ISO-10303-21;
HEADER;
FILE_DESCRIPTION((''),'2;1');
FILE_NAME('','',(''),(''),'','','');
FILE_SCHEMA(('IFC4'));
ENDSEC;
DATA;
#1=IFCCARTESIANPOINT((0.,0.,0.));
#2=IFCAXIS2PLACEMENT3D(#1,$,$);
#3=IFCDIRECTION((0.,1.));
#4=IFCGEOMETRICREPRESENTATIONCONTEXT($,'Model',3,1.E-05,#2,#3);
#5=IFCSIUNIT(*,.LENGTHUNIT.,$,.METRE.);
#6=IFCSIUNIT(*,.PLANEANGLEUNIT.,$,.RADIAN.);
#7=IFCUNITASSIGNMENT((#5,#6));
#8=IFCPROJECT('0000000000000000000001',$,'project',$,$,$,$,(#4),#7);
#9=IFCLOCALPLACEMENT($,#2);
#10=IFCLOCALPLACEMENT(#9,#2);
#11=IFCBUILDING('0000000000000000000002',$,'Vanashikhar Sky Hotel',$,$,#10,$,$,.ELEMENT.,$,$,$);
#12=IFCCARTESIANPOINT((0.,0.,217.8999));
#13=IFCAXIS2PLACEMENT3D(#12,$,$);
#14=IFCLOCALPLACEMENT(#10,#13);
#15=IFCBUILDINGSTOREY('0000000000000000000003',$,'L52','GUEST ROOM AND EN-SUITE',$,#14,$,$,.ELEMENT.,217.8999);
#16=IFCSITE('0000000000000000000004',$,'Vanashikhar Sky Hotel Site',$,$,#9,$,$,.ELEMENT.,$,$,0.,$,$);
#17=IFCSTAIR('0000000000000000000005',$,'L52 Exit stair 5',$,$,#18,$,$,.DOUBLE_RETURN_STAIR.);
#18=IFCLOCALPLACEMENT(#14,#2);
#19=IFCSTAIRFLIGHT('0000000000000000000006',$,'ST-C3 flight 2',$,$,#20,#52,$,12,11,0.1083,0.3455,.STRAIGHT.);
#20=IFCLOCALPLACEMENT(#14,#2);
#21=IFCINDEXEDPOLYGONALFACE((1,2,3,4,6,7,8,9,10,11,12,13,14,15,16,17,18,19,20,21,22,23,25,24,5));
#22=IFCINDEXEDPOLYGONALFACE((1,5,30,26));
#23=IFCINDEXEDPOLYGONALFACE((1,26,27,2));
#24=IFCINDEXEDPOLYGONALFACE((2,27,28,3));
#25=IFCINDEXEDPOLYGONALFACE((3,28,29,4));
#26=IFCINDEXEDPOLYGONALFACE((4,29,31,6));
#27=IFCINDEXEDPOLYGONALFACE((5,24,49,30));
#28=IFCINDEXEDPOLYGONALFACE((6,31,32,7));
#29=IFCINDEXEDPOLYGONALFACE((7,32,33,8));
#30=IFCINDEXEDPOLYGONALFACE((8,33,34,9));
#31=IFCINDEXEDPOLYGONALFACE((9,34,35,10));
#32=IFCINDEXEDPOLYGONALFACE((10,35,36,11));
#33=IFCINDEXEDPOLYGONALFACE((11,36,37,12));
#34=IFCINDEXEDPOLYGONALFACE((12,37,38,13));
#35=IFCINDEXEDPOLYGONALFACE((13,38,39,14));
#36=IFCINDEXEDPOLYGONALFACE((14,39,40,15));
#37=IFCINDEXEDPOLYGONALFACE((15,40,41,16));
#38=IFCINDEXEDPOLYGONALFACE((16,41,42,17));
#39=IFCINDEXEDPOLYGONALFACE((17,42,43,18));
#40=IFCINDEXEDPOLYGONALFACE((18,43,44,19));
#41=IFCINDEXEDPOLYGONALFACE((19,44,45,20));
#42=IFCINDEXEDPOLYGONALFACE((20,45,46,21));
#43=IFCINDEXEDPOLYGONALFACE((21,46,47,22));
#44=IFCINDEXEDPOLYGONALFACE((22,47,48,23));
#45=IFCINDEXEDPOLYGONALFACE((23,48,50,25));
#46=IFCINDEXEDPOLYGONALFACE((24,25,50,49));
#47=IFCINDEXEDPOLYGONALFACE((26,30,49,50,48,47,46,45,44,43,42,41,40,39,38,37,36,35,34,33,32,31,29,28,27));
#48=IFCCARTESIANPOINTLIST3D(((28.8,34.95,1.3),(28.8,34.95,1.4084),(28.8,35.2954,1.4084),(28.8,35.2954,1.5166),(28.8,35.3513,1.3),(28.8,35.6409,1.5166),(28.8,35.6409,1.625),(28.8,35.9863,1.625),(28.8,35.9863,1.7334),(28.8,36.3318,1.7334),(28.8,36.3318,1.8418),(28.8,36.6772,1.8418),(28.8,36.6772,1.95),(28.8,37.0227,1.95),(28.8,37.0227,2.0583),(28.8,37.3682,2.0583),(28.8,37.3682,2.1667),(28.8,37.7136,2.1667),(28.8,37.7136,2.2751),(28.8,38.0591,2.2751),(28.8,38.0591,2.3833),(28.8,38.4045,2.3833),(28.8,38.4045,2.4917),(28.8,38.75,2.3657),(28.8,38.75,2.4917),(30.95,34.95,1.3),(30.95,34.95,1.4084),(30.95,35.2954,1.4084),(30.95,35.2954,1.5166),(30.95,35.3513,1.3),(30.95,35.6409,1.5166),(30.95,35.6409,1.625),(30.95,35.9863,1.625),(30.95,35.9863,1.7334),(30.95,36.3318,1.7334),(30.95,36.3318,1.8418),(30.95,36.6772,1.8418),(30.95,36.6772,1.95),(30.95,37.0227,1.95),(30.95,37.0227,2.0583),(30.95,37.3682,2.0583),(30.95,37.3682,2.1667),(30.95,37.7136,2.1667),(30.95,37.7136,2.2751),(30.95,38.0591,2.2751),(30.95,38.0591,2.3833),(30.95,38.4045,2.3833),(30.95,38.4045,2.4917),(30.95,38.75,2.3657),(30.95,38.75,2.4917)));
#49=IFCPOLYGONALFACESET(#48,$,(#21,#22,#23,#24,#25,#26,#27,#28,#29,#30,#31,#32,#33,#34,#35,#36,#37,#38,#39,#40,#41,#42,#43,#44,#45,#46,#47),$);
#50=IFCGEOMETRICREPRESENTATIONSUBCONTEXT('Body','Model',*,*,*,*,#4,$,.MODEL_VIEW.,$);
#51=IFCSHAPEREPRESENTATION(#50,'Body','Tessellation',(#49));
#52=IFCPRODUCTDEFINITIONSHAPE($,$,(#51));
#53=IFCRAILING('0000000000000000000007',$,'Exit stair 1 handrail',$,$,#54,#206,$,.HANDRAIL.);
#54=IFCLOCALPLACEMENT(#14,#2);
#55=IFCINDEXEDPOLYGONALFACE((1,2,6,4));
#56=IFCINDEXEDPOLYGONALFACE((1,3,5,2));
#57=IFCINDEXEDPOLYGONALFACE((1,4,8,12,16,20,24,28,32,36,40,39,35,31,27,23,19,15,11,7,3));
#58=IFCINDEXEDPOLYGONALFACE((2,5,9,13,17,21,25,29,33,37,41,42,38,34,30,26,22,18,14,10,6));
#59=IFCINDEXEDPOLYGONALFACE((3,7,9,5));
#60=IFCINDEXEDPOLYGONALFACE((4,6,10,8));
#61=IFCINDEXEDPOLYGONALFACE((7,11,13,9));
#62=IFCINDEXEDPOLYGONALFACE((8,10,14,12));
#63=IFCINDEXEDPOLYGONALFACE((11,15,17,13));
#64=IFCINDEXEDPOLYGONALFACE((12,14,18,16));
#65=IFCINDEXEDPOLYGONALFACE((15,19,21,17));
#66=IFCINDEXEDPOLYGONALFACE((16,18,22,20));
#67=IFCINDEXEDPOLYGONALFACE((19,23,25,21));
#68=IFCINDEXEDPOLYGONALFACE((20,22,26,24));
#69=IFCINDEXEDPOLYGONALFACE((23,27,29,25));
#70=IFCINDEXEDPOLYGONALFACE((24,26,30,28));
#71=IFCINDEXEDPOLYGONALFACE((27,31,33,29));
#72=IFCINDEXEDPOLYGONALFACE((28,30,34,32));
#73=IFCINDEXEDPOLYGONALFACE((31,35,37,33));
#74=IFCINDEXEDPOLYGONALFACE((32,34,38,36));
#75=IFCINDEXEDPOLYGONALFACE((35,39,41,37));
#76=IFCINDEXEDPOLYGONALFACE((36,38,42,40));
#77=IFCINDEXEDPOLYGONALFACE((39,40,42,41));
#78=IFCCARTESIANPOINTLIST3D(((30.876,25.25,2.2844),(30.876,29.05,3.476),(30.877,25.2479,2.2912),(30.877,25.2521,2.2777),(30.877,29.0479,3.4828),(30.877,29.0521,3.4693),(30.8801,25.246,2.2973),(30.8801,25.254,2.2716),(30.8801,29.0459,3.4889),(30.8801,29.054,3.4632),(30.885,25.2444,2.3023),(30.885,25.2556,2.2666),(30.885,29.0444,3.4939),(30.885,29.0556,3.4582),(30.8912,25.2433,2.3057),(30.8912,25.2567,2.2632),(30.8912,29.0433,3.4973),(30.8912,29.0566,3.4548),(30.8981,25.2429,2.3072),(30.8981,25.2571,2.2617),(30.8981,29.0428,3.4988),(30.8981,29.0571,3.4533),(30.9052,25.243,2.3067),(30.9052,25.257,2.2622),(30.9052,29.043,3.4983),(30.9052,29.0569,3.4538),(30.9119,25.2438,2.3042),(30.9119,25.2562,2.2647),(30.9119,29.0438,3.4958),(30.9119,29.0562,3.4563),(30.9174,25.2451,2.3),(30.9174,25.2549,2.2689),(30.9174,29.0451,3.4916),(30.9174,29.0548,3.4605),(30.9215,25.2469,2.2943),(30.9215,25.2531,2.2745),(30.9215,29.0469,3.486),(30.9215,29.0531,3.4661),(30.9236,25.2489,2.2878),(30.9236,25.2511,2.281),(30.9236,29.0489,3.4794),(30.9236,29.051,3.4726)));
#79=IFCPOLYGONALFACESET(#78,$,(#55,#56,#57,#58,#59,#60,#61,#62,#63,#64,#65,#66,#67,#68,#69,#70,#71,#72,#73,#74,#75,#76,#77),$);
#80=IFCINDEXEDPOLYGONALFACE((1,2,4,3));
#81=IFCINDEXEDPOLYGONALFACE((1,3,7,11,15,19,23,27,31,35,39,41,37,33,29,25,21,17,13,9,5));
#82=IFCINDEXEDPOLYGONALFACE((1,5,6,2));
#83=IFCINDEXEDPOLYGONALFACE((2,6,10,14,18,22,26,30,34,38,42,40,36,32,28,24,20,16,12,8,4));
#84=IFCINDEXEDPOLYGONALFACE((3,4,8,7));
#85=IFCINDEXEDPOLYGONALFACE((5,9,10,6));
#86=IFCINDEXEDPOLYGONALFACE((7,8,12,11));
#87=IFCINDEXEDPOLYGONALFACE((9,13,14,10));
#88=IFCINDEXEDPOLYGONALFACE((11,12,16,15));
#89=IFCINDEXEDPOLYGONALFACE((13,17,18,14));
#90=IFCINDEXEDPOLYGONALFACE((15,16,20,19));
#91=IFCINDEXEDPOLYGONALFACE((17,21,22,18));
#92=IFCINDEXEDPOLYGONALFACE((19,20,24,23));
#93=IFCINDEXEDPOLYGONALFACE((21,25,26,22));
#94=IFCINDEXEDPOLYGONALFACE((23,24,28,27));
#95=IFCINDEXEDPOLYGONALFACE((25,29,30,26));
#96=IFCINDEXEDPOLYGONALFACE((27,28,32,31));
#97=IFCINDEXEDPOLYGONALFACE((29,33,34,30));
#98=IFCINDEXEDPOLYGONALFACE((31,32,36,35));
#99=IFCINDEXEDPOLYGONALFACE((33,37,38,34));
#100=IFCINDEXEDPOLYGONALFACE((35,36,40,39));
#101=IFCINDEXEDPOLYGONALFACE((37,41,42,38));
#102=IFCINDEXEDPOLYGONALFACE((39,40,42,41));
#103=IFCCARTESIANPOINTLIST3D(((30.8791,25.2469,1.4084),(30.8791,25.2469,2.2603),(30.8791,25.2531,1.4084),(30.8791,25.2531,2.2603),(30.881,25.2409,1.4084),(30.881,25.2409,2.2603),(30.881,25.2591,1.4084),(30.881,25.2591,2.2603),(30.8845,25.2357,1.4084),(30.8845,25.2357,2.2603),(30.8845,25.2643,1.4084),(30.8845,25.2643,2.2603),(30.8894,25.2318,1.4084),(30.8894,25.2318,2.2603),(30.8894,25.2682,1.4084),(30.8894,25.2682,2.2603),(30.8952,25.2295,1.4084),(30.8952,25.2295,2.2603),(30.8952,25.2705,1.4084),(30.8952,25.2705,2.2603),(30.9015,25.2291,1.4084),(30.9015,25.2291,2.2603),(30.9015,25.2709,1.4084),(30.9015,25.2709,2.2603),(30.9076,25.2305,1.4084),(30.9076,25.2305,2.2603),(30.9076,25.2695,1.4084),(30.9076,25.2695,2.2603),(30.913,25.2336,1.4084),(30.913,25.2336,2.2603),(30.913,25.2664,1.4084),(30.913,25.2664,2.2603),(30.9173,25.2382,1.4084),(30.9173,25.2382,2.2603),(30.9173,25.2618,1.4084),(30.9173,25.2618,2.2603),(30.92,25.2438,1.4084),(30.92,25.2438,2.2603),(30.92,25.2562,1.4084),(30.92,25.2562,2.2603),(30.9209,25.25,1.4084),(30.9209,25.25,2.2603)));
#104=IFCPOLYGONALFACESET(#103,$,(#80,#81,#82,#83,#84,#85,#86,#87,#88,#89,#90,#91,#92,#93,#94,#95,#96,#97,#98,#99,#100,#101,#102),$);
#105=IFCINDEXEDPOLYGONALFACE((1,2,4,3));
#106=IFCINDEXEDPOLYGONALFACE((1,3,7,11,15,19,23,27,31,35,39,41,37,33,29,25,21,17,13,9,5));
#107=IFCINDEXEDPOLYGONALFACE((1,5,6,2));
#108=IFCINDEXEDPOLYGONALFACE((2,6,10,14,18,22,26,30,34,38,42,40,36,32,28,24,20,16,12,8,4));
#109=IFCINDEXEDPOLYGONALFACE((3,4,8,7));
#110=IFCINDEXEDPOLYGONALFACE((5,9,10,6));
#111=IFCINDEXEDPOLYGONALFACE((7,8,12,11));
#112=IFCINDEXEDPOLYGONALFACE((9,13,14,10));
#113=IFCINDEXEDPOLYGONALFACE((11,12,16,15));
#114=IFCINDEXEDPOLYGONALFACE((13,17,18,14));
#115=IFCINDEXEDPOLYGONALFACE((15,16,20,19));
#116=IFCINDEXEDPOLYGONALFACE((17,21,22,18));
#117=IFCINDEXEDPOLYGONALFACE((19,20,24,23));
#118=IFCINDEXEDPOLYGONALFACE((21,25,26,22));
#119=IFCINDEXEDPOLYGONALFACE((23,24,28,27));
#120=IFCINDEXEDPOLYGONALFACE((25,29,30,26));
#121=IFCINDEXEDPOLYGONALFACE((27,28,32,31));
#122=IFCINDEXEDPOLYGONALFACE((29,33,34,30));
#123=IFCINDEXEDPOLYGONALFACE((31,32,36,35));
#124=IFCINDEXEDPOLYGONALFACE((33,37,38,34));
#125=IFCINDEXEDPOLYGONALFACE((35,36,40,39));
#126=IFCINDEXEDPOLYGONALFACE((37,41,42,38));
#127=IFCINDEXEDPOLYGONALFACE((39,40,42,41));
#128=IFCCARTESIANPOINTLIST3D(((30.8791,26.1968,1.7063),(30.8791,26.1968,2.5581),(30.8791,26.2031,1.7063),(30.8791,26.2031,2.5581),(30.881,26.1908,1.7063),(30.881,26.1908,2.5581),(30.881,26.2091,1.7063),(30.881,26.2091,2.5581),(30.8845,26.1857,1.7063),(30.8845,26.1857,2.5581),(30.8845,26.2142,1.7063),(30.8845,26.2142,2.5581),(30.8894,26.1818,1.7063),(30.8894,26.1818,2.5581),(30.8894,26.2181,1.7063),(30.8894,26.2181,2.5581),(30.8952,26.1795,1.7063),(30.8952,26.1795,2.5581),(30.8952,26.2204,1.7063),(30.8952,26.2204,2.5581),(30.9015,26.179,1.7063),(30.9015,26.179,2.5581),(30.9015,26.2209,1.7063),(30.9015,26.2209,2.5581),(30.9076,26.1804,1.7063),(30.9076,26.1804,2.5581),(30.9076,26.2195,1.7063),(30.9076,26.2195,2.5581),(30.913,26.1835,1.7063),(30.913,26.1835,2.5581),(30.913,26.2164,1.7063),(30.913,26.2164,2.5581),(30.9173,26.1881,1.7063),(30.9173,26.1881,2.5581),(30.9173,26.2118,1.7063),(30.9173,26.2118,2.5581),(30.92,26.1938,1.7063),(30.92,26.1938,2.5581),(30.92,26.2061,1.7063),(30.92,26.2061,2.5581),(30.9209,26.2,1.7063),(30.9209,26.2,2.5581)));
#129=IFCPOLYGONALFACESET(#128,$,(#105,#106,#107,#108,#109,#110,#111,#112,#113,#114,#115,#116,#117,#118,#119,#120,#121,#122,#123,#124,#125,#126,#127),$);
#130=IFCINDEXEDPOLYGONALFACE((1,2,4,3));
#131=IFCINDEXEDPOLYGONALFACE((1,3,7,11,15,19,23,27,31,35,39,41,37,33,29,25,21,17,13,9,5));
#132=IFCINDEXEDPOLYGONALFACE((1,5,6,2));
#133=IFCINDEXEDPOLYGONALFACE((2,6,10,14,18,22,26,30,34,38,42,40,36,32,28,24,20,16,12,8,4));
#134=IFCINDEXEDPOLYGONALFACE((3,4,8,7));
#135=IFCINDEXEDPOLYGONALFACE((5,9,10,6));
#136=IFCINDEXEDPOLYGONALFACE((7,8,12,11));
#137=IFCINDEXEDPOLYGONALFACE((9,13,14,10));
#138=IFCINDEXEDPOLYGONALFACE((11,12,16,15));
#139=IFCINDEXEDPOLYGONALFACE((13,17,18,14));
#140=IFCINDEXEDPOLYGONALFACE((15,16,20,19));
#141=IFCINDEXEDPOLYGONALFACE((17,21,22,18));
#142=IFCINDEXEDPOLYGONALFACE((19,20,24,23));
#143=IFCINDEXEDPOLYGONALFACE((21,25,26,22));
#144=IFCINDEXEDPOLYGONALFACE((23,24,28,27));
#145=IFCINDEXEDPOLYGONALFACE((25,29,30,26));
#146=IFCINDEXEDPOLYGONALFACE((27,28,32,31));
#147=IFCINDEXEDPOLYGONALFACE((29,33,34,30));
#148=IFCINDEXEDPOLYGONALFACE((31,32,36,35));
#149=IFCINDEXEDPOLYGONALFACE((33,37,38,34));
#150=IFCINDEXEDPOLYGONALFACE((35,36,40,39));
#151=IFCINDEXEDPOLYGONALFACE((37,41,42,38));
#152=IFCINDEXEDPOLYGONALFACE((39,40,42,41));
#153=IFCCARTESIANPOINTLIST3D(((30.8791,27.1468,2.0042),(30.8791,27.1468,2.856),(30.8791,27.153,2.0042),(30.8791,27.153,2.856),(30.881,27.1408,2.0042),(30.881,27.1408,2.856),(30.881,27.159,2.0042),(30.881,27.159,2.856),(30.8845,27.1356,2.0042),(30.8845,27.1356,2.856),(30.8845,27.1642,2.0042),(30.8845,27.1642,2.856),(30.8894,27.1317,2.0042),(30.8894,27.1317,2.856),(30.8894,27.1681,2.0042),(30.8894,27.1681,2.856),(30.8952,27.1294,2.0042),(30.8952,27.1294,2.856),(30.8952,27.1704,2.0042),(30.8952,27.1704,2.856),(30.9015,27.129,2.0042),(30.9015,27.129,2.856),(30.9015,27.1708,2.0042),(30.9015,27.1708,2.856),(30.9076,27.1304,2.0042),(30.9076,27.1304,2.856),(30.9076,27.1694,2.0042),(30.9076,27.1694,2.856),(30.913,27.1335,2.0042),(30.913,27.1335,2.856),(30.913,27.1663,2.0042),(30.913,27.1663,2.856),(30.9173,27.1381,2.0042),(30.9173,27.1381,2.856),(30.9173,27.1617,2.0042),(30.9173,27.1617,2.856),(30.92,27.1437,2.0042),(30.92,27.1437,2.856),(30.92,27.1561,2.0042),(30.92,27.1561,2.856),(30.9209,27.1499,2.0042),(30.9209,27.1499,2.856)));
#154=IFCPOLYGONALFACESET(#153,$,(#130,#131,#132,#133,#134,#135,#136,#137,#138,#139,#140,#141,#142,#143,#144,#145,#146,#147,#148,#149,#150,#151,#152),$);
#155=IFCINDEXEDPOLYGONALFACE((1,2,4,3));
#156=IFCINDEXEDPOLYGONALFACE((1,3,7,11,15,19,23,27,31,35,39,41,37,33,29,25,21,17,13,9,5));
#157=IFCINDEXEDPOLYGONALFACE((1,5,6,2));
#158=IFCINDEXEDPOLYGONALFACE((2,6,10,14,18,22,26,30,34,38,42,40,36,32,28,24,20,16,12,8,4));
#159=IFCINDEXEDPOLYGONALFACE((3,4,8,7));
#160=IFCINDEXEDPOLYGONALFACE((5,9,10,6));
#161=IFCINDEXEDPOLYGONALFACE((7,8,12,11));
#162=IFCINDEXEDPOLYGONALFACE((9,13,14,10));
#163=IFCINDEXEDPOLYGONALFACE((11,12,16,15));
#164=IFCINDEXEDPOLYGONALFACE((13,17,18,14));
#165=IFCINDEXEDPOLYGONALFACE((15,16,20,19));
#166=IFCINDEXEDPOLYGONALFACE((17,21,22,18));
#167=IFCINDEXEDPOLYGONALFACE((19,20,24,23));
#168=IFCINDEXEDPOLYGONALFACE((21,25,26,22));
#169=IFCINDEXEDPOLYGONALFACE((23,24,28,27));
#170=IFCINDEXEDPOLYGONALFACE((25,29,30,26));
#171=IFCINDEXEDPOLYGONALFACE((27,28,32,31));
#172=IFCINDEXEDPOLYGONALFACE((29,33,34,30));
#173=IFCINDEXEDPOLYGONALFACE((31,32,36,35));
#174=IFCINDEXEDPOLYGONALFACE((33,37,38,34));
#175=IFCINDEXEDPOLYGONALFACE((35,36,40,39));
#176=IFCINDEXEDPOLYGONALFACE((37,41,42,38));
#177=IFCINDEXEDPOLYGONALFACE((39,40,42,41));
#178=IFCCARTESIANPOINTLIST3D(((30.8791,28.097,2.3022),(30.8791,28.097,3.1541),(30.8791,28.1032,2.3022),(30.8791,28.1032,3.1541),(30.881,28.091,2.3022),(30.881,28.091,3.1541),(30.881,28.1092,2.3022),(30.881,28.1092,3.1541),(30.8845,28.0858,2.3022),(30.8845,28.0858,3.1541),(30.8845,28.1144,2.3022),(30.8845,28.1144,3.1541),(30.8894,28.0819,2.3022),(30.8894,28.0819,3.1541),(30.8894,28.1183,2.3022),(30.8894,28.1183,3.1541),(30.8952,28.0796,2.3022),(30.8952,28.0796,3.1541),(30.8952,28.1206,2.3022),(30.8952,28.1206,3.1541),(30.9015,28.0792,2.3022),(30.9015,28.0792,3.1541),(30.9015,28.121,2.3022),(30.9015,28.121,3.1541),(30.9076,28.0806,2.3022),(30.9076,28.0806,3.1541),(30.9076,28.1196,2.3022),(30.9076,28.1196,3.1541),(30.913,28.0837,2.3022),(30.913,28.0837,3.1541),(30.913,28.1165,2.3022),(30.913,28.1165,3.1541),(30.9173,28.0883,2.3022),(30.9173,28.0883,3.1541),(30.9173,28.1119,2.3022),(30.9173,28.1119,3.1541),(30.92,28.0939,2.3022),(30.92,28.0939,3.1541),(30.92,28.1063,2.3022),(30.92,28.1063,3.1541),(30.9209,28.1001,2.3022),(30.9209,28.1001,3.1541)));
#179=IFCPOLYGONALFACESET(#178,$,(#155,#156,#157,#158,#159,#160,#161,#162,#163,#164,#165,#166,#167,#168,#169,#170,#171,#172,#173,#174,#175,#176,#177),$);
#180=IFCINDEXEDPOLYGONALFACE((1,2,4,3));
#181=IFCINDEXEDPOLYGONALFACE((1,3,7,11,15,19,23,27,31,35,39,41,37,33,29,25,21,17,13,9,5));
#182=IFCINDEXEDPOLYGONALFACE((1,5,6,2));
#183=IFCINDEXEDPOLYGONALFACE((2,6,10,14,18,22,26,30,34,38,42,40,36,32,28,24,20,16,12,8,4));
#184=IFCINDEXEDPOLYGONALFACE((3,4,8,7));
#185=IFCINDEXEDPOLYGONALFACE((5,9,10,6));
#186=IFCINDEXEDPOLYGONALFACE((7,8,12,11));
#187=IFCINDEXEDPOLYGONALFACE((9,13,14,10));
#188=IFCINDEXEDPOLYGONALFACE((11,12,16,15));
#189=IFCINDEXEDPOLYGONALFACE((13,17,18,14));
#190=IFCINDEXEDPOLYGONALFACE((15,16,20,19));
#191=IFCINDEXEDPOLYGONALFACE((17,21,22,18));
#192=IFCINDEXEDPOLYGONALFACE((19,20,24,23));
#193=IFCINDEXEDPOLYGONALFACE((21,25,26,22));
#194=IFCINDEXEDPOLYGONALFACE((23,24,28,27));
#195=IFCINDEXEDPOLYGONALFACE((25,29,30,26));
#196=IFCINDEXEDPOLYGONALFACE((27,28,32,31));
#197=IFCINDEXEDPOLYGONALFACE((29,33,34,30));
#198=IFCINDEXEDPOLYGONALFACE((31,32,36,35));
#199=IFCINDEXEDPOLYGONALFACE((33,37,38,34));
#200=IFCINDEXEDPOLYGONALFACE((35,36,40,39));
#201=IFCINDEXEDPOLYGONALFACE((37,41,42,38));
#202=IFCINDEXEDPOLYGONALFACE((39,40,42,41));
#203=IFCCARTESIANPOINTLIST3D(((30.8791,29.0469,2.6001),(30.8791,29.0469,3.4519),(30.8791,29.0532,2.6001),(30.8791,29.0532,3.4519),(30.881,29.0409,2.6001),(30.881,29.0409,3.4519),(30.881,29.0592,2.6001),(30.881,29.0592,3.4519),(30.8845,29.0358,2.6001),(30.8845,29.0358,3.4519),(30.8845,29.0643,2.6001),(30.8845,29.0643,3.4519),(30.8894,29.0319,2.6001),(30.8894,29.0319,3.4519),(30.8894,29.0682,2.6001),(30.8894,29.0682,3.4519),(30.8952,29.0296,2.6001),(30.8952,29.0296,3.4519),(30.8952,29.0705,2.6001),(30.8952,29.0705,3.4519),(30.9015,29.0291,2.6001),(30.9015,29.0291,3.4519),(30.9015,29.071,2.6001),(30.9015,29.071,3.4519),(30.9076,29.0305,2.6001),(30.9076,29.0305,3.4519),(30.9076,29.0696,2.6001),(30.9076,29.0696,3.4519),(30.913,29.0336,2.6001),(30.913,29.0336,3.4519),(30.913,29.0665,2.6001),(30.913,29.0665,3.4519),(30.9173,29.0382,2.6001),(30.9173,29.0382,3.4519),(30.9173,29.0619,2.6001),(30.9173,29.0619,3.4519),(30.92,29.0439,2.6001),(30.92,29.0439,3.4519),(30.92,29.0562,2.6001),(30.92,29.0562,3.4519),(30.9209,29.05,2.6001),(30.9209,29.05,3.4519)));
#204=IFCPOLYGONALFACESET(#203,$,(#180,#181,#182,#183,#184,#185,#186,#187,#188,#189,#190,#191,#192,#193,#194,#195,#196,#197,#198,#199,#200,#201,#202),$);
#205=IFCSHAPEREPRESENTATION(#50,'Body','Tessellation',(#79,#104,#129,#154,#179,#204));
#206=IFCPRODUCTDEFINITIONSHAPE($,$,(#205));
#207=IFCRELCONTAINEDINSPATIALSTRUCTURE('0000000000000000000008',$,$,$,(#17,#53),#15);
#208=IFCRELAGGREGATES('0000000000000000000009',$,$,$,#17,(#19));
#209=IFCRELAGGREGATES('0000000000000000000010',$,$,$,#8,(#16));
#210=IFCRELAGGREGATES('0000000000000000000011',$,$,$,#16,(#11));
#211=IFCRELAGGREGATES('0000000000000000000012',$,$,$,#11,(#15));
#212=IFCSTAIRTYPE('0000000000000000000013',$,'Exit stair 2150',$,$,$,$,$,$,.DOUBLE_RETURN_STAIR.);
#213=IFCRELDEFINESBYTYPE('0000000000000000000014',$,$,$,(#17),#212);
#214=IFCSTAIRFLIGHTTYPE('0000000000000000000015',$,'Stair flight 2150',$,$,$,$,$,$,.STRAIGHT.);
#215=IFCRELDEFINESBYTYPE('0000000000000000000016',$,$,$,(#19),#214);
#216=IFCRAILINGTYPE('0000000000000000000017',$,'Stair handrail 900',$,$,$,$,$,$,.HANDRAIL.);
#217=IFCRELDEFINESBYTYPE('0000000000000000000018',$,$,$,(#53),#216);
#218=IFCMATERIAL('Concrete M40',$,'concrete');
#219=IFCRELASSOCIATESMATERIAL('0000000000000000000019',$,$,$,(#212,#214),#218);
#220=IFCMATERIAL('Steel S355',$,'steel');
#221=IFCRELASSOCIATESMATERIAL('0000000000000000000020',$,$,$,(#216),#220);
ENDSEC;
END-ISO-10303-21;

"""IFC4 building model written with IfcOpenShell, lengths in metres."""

from ifc_helpers import new_model, si_unit, direction, frame, origin, origin_2d, place, context, subcontext, project, spatial, polyline, circle, outline, extrude, source, transform, mapped, material, type_object, element, aggregate, save


model = new_model("IFC4")

# Units and contexts
model_context = context("Model", 3, precision=1e-05, world=origin(), true_north=direction((0.0, 1.0)))
body_context = subcontext(model_context, "Body", "Model", "MODEL_VIEW")
ifc_project = project(units=[si_unit("LENGTHUNIT", "METRE"), si_unit("PLANEANGLEUNIT", "RADIAN")], contexts=[model_context])

# Site, building, storey
site_placement = place(None, origin())
site = spatial("IfcSite", under=ifc_project, at=site_placement, Name="Vanashikhar Sky Hotel Site", CompositionType="ELEMENT", RefElevation=0.0)
building_placement = place(site_placement, origin())
building = spatial("IfcBuilding", under=site, at=building_placement, Name="Vanashikhar Sky Hotel", CompositionType="ELEMENT")
storey_placement = place(building_placement, frame((0.0, 0.0, 217.8999)))
storey = spatial("IfcBuildingStorey", under=building, at=storey_placement, Name="L52", Description="GUEST ROOM AND EN-SUITE", CompositionType="ELEMENT", Elevation=217.8999)

# Shared definitions
ifc_material_1 = material(Name="Concrete M40", Category="concrete")

# Stair, stair flight
stair_type = type_object("IfcStairType", Name="Exit stair 2150", PredefinedType="DOUBLE_RETURN_STAIR", material=ifc_material_1)
stair_placement = place(storey_placement, origin())
stair = element("IfcStair", 1, at=stair_placement, inside=storey, type_object=stair_type, Name="L52 Exit stair 5", PredefinedType="DOUBLE_RETURN_STAIR")
stair_flight_type = type_object("IfcStairFlightType", Name="Stair flight 2150", PredefinedType="STRAIGHT", material=ifc_material_1)
shared_shape_1 = source(origin(), body_context, "Body", "SweptSolid", [
    extrude(outline(polyline([(0.0, 0.0), (0.0, 0.1084), (0.3455, 0.1084), (0.3455, 0.2166), (0.6909, 0.2166), (0.6909, 0.325), (1.0364, 0.325), (1.0364, 0.4333), (1.3818, 0.4333), (1.3818, 0.5417), (1.7273, 0.5417), (1.7273, 0.6499), (2.0728, 0.6499), (2.0728, 0.7583), (2.4182, 0.7583), (2.4182, 0.8667), (2.7637, 0.8667), (2.7637, 0.9751), (3.1091, 0.9751), (3.1091, 1.0833), (3.4546, 1.0833), (3.4546, 1.1917), (3.8, 1.1917), (3.8, 1.3), (3.8, 1.0657), (0.4014, 0.0), (0.0, 0.0)])), frame((0.0, 1.075, 0.0), z_axis=(0.0, -1.0, 0.0), x_axis=(1.0, 0.0, 0.0)), (0.0, 0.0, 1.0), 2.1499),
])
stair_flight_placement = place(storey_placement, frame((29.875, 34.95, 1.3), z_axis=(0.0, 0.0, 1.0), x_axis=(0.0, 1.0, 0.0)))
stair_flight = element("IfcStairFlight", 2, at=stair_flight_placement, type_object=stair_flight_type, Name="ST-C3 flight 2", NumberOfRisers=12, NumberOfTreads=11, PredefinedType="STRAIGHT", RiserHeight=0.1083, TreadLength=0.3455, context=body_context, shape_type="MappedRepresentation", body=[
    mapped(shared_shape_1, transform((0.0, 0.0, 0.0), scale=1.0)),
])
aggregate(stair, [stair_flight])

# Railing
ifc_material_2 = material(Name="Steel S355", Category="steel")
railing_type = type_object("IfcRailingType", Name="Stair handrail 900", PredefinedType="HANDRAIL", material=ifc_material_2)
shared_shape_2 = source(origin(), body_context, "Body", "SweptSolid", [
    extrude(circle(Radius=0.0239, at=origin_2d()), frame((0.0, 0.0, 0.876), z_axis=(0.0, 0.954184, 0.299221), x_axis=(-1.0, 0.0, 0.0)), (0.0, 0.0, 1.0), 3.9824),
    extrude(circle(Radius=0.021, at=origin_2d()), origin(), (0.0, 0.0, 1.0), 0.8518),
    extrude(circle(Radius=0.021, at=origin_2d()), frame((0.0, 0.95, 0.2979)), (0.0, 0.0, 1.0), 0.8518),
    extrude(circle(Radius=0.021, at=origin_2d()), frame((0.0, 1.8999, 0.5957)), (0.0, 0.0, 1.0), 0.8518),
    extrude(circle(Radius=0.021, at=origin_2d()), frame((0.0, 2.8501, 0.8938)), (0.0, 0.0, 1.0), 0.8518),
    extrude(circle(Radius=0.021, at=origin_2d()), frame((0.0, 3.8, 1.1917)), (0.0, 0.0, 1.0), 0.8518),
])
for number, where, name in (
    (3, (30.8999, 25.25, 1.4084), "Exit stair 1 handrail"),
):
    element("IfcRailing", number, at=place(storey_placement, frame(where)), inside=storey, type_object=railing_type, Name=name, PredefinedType="HANDRAIL", context=body_context, shape_type="MappedRepresentation", body=[
        mapped(shared_shape_2, transform((0.0, 0.0, 0.0), scale=1.0)),
    ])

save(model, "model.ifc")
